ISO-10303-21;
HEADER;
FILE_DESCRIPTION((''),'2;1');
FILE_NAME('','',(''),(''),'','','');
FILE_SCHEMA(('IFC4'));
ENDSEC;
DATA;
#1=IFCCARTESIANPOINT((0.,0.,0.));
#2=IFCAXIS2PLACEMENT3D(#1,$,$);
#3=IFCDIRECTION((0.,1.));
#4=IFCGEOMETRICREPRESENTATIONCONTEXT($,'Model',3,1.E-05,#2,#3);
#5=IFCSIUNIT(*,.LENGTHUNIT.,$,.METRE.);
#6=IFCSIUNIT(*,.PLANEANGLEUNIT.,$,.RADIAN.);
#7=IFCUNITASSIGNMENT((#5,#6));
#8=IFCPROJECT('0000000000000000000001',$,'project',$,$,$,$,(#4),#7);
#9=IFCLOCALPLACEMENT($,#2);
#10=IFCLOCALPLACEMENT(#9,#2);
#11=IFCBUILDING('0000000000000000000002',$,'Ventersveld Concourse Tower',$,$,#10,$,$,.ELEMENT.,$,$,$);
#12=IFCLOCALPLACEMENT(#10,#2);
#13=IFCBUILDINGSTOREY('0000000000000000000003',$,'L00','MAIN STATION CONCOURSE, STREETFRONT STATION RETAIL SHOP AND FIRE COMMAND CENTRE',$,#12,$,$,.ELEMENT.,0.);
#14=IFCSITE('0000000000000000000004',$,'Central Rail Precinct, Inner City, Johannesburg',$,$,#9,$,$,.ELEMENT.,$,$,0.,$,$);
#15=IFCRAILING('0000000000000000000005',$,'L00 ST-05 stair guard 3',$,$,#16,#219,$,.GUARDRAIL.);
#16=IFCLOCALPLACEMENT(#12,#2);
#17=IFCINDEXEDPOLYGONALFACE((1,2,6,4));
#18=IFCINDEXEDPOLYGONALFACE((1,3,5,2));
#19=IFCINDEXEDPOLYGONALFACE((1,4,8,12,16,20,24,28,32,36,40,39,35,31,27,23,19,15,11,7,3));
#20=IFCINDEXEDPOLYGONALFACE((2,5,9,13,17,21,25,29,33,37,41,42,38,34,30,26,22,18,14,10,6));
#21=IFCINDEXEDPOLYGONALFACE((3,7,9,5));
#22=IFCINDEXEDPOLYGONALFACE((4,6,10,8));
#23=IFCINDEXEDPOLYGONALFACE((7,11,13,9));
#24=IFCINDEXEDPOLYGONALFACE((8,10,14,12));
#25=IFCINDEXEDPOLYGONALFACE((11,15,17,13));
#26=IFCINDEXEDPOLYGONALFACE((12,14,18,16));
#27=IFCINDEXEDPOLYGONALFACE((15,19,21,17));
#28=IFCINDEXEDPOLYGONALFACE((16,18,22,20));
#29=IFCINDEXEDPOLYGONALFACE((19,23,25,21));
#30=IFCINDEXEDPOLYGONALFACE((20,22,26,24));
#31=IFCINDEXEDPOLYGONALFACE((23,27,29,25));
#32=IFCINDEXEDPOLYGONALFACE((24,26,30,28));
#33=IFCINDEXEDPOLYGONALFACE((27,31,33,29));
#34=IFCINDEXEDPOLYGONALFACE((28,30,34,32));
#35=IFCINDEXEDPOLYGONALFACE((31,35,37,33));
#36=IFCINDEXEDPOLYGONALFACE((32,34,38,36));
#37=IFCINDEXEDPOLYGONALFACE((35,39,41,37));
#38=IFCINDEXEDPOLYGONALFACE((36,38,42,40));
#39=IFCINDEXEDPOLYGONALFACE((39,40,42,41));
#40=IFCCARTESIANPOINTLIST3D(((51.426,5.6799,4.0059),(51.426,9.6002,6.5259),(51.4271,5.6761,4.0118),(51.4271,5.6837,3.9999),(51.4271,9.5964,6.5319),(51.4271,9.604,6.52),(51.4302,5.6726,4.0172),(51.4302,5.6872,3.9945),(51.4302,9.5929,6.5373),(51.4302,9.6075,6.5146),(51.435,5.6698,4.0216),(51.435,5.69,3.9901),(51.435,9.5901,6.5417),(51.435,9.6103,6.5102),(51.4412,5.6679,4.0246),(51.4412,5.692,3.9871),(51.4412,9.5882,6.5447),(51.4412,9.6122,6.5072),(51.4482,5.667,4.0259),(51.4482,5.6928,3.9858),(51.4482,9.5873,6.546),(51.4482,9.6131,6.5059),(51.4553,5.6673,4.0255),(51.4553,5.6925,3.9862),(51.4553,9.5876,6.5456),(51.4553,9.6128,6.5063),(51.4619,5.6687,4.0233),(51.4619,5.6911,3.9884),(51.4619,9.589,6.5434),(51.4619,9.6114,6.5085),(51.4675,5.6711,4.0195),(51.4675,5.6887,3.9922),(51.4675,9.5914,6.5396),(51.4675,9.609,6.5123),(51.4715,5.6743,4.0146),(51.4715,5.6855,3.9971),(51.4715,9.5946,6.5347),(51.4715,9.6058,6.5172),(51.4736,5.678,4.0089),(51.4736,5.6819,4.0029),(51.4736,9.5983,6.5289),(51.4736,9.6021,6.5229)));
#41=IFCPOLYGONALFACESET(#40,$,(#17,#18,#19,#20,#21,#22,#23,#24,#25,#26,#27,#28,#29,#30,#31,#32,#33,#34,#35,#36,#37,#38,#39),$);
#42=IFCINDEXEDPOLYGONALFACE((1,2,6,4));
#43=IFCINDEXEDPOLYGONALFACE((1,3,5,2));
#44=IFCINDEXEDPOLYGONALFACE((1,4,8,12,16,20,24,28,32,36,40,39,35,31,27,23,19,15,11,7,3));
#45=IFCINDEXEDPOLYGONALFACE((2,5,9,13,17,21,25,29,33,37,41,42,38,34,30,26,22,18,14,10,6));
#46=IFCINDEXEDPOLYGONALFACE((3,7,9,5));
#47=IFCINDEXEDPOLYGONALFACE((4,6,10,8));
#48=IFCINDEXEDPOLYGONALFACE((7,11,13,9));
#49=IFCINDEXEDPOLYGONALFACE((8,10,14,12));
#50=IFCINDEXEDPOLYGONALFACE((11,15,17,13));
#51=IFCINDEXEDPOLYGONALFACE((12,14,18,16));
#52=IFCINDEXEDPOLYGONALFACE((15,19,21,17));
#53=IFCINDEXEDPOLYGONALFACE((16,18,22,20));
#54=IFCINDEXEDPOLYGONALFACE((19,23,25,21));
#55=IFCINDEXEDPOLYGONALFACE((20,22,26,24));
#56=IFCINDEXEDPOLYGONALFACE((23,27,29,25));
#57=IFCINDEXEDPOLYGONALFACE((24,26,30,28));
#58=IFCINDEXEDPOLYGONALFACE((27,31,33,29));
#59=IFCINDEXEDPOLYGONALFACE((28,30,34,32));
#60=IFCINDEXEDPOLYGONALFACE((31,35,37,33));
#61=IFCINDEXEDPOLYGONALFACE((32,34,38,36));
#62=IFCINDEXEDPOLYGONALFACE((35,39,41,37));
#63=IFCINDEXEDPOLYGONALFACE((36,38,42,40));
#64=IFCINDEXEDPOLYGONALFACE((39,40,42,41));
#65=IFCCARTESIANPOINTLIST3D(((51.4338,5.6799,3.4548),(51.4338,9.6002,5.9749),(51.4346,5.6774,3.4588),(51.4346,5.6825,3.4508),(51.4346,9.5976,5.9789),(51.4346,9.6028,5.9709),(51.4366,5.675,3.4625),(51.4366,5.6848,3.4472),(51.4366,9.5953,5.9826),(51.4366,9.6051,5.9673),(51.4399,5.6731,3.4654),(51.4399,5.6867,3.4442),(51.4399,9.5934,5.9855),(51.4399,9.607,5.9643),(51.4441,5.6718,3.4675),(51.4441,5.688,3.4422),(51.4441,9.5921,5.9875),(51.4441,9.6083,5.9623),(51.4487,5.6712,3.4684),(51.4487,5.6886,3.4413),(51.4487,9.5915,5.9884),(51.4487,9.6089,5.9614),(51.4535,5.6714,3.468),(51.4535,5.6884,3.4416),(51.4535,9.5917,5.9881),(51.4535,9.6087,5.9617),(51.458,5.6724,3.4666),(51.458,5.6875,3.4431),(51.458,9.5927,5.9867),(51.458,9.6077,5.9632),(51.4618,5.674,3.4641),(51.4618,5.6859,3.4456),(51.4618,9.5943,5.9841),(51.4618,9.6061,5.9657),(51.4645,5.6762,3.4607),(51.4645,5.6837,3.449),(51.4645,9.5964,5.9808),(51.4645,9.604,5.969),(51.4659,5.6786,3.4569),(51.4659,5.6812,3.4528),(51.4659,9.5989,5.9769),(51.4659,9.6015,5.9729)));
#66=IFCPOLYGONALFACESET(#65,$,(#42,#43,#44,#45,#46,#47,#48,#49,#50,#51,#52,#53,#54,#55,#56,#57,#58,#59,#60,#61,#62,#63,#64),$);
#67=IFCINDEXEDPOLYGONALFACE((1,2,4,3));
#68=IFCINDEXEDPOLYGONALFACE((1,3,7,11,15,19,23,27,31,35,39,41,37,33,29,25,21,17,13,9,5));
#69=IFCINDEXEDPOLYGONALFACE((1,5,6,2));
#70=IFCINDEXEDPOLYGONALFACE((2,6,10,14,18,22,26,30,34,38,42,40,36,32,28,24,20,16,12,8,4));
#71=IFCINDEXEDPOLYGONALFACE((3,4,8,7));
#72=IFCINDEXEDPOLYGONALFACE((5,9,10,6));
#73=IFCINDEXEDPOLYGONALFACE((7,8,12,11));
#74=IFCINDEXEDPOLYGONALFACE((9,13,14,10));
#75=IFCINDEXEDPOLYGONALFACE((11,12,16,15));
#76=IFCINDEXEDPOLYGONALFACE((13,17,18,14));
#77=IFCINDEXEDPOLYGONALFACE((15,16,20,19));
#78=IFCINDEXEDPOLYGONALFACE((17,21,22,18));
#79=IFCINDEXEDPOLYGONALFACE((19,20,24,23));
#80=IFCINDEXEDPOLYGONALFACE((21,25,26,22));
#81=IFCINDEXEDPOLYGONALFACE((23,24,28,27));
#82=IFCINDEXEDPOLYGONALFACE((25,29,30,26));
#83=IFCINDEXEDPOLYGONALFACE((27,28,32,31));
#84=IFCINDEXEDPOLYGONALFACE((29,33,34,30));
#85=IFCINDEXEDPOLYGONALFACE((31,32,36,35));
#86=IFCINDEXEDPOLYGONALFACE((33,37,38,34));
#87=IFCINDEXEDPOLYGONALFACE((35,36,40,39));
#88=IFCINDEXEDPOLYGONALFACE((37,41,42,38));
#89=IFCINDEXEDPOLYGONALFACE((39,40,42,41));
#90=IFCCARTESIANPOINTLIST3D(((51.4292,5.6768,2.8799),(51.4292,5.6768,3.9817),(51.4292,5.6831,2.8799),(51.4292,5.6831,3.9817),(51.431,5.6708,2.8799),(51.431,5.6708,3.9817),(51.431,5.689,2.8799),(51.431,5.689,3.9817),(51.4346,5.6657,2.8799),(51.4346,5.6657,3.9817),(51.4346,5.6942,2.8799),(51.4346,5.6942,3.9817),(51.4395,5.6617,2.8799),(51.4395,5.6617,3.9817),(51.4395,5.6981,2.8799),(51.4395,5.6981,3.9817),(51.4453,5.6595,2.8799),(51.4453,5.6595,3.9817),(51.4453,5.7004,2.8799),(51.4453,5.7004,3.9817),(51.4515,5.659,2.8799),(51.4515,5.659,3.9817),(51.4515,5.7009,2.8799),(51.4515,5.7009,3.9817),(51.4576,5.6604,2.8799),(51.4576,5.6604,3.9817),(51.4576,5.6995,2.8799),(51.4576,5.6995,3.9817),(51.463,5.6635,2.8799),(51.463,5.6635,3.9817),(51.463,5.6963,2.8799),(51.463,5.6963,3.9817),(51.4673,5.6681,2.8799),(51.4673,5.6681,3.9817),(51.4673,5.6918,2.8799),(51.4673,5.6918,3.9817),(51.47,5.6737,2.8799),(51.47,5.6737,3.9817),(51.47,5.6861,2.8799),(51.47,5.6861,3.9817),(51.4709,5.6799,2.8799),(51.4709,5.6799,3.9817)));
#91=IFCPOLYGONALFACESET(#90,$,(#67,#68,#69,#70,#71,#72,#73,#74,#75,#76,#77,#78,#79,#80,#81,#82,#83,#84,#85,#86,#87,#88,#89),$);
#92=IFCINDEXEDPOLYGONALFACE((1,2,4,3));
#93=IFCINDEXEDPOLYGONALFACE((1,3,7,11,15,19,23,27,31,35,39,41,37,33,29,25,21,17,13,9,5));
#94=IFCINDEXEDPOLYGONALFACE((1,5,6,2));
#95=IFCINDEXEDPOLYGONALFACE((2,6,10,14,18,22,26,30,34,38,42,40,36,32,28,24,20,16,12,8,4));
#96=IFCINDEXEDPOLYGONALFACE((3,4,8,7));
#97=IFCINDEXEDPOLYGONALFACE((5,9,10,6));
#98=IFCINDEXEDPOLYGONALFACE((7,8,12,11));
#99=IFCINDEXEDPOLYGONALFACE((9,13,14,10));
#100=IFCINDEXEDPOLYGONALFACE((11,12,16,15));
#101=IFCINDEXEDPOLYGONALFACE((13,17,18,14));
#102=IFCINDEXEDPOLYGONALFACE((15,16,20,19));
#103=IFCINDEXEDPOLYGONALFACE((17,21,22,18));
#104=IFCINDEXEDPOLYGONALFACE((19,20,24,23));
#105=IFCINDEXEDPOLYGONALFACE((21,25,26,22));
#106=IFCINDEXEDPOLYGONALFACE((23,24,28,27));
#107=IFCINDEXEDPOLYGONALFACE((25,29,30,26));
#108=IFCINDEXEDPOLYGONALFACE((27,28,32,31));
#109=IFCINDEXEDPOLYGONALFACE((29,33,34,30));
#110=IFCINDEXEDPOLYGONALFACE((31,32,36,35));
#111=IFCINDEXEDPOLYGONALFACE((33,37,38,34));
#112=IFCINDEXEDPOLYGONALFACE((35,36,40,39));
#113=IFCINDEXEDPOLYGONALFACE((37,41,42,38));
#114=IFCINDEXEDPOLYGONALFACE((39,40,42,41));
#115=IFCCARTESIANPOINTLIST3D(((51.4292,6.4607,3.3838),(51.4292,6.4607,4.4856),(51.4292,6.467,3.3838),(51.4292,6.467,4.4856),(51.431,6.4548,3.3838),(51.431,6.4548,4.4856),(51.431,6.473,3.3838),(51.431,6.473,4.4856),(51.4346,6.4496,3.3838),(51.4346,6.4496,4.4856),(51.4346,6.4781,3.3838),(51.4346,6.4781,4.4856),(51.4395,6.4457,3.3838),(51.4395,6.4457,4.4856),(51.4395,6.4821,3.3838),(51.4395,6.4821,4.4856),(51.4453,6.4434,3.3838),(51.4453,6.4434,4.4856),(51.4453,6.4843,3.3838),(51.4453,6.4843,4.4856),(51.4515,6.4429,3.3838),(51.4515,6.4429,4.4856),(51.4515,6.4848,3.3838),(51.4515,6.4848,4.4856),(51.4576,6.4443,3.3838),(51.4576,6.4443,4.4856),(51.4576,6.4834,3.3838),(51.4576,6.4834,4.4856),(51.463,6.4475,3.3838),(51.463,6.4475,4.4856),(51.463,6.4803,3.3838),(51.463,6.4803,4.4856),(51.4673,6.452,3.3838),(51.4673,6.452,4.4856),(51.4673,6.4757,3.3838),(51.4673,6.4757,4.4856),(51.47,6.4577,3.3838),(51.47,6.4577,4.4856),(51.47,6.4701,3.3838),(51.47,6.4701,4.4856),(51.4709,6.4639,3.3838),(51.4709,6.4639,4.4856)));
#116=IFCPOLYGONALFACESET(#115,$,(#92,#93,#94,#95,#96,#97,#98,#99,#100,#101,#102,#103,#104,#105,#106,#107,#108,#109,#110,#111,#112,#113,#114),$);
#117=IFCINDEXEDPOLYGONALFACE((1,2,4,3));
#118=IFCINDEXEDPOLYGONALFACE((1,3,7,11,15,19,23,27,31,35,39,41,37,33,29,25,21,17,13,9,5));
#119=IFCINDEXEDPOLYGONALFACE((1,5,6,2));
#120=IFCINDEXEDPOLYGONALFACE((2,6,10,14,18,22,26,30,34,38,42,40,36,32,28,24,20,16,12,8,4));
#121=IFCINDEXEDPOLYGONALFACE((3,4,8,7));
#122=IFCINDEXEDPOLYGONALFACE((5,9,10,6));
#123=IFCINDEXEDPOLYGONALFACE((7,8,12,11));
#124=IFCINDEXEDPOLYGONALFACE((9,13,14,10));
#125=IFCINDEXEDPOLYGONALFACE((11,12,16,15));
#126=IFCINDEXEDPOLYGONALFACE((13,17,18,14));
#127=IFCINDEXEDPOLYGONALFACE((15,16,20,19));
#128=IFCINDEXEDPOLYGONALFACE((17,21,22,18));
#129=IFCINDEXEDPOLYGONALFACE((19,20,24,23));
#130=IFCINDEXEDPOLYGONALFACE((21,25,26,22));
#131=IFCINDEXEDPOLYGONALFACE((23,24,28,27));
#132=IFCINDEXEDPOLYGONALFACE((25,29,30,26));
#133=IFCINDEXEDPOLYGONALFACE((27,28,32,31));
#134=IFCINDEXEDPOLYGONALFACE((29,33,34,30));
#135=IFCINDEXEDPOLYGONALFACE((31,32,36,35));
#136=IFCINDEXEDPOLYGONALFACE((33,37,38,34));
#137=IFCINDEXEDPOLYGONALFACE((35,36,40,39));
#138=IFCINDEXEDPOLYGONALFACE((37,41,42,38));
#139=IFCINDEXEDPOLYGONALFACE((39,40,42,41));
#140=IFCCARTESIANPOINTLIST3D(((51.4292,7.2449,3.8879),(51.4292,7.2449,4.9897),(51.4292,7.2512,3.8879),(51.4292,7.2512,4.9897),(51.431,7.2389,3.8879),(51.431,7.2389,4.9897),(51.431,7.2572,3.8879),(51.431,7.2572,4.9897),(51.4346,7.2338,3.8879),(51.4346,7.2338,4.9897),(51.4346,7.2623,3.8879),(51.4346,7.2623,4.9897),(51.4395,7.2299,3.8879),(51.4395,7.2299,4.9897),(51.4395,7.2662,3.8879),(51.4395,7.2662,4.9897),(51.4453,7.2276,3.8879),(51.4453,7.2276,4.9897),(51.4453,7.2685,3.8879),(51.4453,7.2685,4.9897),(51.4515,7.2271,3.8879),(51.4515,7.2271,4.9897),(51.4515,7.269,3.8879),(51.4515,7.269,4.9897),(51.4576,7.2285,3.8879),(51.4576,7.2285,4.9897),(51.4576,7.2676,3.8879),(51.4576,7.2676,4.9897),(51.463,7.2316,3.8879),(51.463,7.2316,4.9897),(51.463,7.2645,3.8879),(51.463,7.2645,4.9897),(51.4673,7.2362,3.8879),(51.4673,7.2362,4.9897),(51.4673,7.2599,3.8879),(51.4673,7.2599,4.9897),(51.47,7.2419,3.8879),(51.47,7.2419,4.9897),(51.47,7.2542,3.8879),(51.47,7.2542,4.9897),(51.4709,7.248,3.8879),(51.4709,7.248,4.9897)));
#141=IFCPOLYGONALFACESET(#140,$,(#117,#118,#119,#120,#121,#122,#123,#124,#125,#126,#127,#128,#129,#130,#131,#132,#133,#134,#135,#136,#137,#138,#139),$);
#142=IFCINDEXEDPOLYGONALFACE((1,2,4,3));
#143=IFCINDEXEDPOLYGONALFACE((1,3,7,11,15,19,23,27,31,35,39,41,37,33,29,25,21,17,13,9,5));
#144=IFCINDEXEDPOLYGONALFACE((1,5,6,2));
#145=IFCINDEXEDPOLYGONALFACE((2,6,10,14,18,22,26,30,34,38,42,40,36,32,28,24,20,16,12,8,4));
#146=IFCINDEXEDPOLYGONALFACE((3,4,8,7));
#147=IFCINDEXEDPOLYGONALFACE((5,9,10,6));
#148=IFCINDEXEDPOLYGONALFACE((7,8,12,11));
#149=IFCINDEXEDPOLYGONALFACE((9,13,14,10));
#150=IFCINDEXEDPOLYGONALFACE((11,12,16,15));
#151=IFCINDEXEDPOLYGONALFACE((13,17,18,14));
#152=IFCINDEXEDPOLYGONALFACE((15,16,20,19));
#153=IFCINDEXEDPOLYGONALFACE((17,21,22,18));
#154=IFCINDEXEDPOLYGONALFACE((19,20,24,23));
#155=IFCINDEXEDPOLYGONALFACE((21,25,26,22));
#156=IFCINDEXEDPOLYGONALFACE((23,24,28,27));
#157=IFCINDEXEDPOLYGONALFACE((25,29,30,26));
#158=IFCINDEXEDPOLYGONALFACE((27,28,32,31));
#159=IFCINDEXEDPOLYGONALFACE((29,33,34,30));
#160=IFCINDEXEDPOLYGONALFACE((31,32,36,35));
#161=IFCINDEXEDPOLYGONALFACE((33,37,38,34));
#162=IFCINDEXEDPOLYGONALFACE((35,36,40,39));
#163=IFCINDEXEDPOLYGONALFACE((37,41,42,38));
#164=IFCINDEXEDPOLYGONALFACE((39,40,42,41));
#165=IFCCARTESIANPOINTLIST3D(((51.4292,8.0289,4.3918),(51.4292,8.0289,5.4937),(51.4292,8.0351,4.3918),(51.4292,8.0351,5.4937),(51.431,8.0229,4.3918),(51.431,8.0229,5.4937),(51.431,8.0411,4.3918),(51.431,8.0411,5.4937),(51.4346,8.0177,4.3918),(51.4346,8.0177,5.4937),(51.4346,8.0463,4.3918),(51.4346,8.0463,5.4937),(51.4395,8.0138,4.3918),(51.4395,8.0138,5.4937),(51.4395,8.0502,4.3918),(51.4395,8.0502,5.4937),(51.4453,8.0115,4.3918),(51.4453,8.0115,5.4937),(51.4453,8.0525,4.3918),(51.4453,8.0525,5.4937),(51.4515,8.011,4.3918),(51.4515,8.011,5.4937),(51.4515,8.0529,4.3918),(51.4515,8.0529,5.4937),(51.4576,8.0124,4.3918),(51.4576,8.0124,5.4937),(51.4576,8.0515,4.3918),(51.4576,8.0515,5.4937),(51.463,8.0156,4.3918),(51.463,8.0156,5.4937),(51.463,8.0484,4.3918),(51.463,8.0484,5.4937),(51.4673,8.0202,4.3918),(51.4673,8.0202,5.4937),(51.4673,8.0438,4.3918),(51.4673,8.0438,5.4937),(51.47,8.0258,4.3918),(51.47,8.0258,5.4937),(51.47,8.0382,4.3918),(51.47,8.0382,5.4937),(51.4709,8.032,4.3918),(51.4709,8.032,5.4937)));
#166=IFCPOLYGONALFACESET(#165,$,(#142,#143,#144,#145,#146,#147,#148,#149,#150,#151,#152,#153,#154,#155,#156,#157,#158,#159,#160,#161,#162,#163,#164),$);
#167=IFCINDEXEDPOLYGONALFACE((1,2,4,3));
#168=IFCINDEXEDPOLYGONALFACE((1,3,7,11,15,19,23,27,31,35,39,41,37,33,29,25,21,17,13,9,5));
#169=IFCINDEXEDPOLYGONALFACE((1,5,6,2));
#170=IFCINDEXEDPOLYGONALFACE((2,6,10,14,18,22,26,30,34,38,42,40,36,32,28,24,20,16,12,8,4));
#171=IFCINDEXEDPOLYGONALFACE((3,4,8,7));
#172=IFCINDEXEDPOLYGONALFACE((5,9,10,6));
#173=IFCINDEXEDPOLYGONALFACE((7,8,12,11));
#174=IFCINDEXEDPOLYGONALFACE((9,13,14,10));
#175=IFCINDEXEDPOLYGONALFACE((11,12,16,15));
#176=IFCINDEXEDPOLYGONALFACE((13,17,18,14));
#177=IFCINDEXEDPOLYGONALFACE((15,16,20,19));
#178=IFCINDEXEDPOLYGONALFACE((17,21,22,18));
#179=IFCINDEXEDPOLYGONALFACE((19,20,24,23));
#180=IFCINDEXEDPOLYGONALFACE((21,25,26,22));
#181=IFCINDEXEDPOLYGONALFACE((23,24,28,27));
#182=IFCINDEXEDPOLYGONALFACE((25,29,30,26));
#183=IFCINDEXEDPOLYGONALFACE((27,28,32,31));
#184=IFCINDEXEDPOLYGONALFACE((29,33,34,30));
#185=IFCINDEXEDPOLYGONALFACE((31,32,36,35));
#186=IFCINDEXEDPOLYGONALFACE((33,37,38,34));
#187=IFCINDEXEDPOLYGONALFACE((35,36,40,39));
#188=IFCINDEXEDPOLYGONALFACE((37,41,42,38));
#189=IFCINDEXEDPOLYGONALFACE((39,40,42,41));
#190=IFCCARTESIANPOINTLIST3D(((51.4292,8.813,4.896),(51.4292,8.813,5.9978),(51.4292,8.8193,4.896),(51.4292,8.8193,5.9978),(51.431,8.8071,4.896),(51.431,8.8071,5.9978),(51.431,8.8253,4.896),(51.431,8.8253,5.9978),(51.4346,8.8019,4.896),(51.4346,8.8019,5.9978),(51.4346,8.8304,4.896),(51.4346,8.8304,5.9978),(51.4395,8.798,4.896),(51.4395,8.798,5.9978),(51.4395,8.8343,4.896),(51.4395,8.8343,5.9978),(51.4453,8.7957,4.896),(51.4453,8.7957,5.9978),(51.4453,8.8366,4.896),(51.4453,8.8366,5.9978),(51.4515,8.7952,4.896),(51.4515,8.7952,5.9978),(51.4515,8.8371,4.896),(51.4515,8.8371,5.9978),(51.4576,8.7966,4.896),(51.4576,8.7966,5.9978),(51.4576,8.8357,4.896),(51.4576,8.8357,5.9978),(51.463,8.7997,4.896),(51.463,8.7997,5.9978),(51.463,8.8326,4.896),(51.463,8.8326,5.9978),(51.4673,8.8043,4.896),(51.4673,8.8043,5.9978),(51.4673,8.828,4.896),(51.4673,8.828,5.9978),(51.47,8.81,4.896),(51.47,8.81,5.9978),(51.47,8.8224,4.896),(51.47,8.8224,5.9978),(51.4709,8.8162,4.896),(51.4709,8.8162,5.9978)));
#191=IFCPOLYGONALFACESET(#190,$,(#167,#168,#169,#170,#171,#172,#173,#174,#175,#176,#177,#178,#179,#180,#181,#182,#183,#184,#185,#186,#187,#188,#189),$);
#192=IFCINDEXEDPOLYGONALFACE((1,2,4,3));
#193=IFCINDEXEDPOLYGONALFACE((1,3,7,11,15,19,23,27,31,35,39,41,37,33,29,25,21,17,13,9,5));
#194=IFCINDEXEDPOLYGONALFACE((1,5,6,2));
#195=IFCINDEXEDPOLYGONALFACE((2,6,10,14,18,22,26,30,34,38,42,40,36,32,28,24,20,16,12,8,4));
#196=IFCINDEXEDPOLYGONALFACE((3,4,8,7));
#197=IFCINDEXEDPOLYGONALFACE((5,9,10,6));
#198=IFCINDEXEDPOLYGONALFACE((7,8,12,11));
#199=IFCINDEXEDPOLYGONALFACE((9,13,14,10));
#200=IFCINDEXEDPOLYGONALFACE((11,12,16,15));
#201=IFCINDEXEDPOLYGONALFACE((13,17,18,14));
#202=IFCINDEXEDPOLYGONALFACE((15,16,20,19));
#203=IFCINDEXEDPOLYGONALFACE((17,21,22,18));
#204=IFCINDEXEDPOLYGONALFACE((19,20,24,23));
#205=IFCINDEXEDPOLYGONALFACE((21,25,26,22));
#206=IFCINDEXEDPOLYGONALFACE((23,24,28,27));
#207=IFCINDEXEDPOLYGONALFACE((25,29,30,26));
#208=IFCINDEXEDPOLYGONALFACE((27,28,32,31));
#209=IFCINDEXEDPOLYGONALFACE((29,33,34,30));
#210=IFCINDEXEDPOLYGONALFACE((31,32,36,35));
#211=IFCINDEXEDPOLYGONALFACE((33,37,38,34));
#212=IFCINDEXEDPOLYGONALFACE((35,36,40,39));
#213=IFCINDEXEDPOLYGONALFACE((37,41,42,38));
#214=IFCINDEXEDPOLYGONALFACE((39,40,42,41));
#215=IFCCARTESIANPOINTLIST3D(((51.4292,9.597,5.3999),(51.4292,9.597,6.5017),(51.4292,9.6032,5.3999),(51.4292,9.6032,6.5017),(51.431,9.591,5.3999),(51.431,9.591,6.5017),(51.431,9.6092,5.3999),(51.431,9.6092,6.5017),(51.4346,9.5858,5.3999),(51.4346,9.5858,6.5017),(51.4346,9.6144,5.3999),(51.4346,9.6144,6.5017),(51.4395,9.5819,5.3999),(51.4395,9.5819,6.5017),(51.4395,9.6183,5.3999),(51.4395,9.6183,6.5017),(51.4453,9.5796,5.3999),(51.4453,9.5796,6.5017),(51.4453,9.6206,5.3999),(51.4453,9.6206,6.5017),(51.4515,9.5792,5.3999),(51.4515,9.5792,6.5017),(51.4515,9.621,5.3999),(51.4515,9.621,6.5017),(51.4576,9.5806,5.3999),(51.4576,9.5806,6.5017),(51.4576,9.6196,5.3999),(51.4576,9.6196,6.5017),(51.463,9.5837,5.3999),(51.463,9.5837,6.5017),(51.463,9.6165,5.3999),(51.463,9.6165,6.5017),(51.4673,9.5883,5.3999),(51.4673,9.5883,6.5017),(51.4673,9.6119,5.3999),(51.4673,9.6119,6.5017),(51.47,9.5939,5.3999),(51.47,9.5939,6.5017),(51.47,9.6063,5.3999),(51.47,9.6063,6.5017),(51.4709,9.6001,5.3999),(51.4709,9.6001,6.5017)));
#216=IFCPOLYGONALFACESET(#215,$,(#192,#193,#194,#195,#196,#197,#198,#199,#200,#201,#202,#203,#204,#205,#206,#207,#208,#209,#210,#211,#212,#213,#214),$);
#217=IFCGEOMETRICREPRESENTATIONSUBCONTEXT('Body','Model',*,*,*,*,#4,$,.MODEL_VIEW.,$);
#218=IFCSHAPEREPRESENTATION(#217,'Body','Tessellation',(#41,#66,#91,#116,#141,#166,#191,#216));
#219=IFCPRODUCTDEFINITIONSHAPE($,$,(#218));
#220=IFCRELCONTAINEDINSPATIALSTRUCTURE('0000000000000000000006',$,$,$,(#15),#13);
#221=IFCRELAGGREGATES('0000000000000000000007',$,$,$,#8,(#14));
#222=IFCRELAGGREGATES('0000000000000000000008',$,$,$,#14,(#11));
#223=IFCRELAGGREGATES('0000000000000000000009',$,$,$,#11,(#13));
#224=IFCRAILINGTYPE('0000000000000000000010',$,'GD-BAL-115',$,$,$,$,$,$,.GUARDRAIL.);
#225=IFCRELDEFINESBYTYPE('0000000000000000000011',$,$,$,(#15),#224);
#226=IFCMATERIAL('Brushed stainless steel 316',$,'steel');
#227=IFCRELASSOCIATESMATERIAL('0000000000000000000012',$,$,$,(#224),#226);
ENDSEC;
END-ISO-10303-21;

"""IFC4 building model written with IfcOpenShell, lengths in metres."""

from ifc_helpers import new_model, si_unit, direction, frame, origin, origin_2d, place, context, subcontext, project, spatial, circle, extrude, material, type_object, element, save


model = new_model("IFC4")

# Units and contexts
model_context = context("Model", 3, precision=1e-05, world=origin(), true_north=direction((0.0, 1.0)))
body_context = subcontext(model_context, "Body", "Model", "MODEL_VIEW")
ifc_project = project(units=[si_unit("LENGTHUNIT", "METRE"), si_unit("PLANEANGLEUNIT", "RADIAN")], contexts=[model_context])

# Site, building, storey
site_placement = place(None, origin())
site = spatial("IfcSite", under=ifc_project, at=site_placement, Name="Central Rail Precinct, Inner City, Johannesburg", CompositionType="ELEMENT", RefElevation=0.0)
building_placement = place(site_placement, origin())
building = spatial("IfcBuilding", under=site, at=building_placement, Name="Ventersveld Concourse Tower", CompositionType="ELEMENT")
storey_placement = place(building_placement, origin())
storey = spatial("IfcBuildingStorey", under=building, at=storey_placement, Name="L00", Description="MAIN STATION CONCOURSE, STREETFRONT STATION RETAIL SHOP AND FIRE COMMAND CENTRE", CompositionType="ELEMENT", Elevation=0.0)

# Shared definitions
ifc_material_1 = material(Name="Brushed stainless steel 316", Category="steel")

# Railing
railing_type_1 = type_object("IfcRailingType", Name="GD-BAL-115", PredefinedType="GUARDRAIL", material=ifc_material_1)
railing_1_placement = place(storey_placement, frame((51.45, 5.6799, 2.8799)))
element("IfcRailing", 1, at=railing_1_placement, inside=storey, type_object=railing_type_1, Name="L00 ST-05 stair guard 3", PredefinedType="GUARDRAIL", context=body_context, shape_type="SweptSolid", body=[
    extrude(circle(Radius=0.0239, at=origin_2d()), frame((0.0, 0.0, 1.126), z_axis=(0.0, 0.841187, 0.540744), x_axis=(-1.0, 0.0, 0.0)), (0.0, 0.0, 1.0), 4.6604),
    extrude(circle(Radius=0.0161, at=origin_2d()), frame((0.0, 0.0, 0.575), z_axis=(0.0, 0.841187, 0.540744), x_axis=(-1.0, 0.0, 0.0)), (0.0, 0.0, 1.0), 4.6604),
    extrude(circle(Radius=0.021, at=origin_2d()), origin(), (0.0, 0.0, 1.0), 1.1018),
    extrude(circle(Radius=0.021, at=origin_2d()), frame((0.0, 0.7839, 0.5039)), (0.0, 0.0, 1.0), 1.1018),
    extrude(circle(Radius=0.021, at=origin_2d()), frame((0.0, 1.5681, 1.0081)), (0.0, 0.0, 1.0), 1.1018),
    extrude(circle(Radius=0.021, at=origin_2d()), frame((0.0, 2.3521, 1.512)), (0.0, 0.0, 1.0), 1.1018),
    extrude(circle(Radius=0.021, at=origin_2d()), frame((0.0, 3.1362, 2.0161)), (0.0, 0.0, 1.0), 1.1018),
    extrude(circle(Radius=0.021, at=origin_2d()), frame((0.0, 3.9202, 2.52)), (0.0, 0.0, 1.0), 1.1018),
])

save(model, "model.ifc")
